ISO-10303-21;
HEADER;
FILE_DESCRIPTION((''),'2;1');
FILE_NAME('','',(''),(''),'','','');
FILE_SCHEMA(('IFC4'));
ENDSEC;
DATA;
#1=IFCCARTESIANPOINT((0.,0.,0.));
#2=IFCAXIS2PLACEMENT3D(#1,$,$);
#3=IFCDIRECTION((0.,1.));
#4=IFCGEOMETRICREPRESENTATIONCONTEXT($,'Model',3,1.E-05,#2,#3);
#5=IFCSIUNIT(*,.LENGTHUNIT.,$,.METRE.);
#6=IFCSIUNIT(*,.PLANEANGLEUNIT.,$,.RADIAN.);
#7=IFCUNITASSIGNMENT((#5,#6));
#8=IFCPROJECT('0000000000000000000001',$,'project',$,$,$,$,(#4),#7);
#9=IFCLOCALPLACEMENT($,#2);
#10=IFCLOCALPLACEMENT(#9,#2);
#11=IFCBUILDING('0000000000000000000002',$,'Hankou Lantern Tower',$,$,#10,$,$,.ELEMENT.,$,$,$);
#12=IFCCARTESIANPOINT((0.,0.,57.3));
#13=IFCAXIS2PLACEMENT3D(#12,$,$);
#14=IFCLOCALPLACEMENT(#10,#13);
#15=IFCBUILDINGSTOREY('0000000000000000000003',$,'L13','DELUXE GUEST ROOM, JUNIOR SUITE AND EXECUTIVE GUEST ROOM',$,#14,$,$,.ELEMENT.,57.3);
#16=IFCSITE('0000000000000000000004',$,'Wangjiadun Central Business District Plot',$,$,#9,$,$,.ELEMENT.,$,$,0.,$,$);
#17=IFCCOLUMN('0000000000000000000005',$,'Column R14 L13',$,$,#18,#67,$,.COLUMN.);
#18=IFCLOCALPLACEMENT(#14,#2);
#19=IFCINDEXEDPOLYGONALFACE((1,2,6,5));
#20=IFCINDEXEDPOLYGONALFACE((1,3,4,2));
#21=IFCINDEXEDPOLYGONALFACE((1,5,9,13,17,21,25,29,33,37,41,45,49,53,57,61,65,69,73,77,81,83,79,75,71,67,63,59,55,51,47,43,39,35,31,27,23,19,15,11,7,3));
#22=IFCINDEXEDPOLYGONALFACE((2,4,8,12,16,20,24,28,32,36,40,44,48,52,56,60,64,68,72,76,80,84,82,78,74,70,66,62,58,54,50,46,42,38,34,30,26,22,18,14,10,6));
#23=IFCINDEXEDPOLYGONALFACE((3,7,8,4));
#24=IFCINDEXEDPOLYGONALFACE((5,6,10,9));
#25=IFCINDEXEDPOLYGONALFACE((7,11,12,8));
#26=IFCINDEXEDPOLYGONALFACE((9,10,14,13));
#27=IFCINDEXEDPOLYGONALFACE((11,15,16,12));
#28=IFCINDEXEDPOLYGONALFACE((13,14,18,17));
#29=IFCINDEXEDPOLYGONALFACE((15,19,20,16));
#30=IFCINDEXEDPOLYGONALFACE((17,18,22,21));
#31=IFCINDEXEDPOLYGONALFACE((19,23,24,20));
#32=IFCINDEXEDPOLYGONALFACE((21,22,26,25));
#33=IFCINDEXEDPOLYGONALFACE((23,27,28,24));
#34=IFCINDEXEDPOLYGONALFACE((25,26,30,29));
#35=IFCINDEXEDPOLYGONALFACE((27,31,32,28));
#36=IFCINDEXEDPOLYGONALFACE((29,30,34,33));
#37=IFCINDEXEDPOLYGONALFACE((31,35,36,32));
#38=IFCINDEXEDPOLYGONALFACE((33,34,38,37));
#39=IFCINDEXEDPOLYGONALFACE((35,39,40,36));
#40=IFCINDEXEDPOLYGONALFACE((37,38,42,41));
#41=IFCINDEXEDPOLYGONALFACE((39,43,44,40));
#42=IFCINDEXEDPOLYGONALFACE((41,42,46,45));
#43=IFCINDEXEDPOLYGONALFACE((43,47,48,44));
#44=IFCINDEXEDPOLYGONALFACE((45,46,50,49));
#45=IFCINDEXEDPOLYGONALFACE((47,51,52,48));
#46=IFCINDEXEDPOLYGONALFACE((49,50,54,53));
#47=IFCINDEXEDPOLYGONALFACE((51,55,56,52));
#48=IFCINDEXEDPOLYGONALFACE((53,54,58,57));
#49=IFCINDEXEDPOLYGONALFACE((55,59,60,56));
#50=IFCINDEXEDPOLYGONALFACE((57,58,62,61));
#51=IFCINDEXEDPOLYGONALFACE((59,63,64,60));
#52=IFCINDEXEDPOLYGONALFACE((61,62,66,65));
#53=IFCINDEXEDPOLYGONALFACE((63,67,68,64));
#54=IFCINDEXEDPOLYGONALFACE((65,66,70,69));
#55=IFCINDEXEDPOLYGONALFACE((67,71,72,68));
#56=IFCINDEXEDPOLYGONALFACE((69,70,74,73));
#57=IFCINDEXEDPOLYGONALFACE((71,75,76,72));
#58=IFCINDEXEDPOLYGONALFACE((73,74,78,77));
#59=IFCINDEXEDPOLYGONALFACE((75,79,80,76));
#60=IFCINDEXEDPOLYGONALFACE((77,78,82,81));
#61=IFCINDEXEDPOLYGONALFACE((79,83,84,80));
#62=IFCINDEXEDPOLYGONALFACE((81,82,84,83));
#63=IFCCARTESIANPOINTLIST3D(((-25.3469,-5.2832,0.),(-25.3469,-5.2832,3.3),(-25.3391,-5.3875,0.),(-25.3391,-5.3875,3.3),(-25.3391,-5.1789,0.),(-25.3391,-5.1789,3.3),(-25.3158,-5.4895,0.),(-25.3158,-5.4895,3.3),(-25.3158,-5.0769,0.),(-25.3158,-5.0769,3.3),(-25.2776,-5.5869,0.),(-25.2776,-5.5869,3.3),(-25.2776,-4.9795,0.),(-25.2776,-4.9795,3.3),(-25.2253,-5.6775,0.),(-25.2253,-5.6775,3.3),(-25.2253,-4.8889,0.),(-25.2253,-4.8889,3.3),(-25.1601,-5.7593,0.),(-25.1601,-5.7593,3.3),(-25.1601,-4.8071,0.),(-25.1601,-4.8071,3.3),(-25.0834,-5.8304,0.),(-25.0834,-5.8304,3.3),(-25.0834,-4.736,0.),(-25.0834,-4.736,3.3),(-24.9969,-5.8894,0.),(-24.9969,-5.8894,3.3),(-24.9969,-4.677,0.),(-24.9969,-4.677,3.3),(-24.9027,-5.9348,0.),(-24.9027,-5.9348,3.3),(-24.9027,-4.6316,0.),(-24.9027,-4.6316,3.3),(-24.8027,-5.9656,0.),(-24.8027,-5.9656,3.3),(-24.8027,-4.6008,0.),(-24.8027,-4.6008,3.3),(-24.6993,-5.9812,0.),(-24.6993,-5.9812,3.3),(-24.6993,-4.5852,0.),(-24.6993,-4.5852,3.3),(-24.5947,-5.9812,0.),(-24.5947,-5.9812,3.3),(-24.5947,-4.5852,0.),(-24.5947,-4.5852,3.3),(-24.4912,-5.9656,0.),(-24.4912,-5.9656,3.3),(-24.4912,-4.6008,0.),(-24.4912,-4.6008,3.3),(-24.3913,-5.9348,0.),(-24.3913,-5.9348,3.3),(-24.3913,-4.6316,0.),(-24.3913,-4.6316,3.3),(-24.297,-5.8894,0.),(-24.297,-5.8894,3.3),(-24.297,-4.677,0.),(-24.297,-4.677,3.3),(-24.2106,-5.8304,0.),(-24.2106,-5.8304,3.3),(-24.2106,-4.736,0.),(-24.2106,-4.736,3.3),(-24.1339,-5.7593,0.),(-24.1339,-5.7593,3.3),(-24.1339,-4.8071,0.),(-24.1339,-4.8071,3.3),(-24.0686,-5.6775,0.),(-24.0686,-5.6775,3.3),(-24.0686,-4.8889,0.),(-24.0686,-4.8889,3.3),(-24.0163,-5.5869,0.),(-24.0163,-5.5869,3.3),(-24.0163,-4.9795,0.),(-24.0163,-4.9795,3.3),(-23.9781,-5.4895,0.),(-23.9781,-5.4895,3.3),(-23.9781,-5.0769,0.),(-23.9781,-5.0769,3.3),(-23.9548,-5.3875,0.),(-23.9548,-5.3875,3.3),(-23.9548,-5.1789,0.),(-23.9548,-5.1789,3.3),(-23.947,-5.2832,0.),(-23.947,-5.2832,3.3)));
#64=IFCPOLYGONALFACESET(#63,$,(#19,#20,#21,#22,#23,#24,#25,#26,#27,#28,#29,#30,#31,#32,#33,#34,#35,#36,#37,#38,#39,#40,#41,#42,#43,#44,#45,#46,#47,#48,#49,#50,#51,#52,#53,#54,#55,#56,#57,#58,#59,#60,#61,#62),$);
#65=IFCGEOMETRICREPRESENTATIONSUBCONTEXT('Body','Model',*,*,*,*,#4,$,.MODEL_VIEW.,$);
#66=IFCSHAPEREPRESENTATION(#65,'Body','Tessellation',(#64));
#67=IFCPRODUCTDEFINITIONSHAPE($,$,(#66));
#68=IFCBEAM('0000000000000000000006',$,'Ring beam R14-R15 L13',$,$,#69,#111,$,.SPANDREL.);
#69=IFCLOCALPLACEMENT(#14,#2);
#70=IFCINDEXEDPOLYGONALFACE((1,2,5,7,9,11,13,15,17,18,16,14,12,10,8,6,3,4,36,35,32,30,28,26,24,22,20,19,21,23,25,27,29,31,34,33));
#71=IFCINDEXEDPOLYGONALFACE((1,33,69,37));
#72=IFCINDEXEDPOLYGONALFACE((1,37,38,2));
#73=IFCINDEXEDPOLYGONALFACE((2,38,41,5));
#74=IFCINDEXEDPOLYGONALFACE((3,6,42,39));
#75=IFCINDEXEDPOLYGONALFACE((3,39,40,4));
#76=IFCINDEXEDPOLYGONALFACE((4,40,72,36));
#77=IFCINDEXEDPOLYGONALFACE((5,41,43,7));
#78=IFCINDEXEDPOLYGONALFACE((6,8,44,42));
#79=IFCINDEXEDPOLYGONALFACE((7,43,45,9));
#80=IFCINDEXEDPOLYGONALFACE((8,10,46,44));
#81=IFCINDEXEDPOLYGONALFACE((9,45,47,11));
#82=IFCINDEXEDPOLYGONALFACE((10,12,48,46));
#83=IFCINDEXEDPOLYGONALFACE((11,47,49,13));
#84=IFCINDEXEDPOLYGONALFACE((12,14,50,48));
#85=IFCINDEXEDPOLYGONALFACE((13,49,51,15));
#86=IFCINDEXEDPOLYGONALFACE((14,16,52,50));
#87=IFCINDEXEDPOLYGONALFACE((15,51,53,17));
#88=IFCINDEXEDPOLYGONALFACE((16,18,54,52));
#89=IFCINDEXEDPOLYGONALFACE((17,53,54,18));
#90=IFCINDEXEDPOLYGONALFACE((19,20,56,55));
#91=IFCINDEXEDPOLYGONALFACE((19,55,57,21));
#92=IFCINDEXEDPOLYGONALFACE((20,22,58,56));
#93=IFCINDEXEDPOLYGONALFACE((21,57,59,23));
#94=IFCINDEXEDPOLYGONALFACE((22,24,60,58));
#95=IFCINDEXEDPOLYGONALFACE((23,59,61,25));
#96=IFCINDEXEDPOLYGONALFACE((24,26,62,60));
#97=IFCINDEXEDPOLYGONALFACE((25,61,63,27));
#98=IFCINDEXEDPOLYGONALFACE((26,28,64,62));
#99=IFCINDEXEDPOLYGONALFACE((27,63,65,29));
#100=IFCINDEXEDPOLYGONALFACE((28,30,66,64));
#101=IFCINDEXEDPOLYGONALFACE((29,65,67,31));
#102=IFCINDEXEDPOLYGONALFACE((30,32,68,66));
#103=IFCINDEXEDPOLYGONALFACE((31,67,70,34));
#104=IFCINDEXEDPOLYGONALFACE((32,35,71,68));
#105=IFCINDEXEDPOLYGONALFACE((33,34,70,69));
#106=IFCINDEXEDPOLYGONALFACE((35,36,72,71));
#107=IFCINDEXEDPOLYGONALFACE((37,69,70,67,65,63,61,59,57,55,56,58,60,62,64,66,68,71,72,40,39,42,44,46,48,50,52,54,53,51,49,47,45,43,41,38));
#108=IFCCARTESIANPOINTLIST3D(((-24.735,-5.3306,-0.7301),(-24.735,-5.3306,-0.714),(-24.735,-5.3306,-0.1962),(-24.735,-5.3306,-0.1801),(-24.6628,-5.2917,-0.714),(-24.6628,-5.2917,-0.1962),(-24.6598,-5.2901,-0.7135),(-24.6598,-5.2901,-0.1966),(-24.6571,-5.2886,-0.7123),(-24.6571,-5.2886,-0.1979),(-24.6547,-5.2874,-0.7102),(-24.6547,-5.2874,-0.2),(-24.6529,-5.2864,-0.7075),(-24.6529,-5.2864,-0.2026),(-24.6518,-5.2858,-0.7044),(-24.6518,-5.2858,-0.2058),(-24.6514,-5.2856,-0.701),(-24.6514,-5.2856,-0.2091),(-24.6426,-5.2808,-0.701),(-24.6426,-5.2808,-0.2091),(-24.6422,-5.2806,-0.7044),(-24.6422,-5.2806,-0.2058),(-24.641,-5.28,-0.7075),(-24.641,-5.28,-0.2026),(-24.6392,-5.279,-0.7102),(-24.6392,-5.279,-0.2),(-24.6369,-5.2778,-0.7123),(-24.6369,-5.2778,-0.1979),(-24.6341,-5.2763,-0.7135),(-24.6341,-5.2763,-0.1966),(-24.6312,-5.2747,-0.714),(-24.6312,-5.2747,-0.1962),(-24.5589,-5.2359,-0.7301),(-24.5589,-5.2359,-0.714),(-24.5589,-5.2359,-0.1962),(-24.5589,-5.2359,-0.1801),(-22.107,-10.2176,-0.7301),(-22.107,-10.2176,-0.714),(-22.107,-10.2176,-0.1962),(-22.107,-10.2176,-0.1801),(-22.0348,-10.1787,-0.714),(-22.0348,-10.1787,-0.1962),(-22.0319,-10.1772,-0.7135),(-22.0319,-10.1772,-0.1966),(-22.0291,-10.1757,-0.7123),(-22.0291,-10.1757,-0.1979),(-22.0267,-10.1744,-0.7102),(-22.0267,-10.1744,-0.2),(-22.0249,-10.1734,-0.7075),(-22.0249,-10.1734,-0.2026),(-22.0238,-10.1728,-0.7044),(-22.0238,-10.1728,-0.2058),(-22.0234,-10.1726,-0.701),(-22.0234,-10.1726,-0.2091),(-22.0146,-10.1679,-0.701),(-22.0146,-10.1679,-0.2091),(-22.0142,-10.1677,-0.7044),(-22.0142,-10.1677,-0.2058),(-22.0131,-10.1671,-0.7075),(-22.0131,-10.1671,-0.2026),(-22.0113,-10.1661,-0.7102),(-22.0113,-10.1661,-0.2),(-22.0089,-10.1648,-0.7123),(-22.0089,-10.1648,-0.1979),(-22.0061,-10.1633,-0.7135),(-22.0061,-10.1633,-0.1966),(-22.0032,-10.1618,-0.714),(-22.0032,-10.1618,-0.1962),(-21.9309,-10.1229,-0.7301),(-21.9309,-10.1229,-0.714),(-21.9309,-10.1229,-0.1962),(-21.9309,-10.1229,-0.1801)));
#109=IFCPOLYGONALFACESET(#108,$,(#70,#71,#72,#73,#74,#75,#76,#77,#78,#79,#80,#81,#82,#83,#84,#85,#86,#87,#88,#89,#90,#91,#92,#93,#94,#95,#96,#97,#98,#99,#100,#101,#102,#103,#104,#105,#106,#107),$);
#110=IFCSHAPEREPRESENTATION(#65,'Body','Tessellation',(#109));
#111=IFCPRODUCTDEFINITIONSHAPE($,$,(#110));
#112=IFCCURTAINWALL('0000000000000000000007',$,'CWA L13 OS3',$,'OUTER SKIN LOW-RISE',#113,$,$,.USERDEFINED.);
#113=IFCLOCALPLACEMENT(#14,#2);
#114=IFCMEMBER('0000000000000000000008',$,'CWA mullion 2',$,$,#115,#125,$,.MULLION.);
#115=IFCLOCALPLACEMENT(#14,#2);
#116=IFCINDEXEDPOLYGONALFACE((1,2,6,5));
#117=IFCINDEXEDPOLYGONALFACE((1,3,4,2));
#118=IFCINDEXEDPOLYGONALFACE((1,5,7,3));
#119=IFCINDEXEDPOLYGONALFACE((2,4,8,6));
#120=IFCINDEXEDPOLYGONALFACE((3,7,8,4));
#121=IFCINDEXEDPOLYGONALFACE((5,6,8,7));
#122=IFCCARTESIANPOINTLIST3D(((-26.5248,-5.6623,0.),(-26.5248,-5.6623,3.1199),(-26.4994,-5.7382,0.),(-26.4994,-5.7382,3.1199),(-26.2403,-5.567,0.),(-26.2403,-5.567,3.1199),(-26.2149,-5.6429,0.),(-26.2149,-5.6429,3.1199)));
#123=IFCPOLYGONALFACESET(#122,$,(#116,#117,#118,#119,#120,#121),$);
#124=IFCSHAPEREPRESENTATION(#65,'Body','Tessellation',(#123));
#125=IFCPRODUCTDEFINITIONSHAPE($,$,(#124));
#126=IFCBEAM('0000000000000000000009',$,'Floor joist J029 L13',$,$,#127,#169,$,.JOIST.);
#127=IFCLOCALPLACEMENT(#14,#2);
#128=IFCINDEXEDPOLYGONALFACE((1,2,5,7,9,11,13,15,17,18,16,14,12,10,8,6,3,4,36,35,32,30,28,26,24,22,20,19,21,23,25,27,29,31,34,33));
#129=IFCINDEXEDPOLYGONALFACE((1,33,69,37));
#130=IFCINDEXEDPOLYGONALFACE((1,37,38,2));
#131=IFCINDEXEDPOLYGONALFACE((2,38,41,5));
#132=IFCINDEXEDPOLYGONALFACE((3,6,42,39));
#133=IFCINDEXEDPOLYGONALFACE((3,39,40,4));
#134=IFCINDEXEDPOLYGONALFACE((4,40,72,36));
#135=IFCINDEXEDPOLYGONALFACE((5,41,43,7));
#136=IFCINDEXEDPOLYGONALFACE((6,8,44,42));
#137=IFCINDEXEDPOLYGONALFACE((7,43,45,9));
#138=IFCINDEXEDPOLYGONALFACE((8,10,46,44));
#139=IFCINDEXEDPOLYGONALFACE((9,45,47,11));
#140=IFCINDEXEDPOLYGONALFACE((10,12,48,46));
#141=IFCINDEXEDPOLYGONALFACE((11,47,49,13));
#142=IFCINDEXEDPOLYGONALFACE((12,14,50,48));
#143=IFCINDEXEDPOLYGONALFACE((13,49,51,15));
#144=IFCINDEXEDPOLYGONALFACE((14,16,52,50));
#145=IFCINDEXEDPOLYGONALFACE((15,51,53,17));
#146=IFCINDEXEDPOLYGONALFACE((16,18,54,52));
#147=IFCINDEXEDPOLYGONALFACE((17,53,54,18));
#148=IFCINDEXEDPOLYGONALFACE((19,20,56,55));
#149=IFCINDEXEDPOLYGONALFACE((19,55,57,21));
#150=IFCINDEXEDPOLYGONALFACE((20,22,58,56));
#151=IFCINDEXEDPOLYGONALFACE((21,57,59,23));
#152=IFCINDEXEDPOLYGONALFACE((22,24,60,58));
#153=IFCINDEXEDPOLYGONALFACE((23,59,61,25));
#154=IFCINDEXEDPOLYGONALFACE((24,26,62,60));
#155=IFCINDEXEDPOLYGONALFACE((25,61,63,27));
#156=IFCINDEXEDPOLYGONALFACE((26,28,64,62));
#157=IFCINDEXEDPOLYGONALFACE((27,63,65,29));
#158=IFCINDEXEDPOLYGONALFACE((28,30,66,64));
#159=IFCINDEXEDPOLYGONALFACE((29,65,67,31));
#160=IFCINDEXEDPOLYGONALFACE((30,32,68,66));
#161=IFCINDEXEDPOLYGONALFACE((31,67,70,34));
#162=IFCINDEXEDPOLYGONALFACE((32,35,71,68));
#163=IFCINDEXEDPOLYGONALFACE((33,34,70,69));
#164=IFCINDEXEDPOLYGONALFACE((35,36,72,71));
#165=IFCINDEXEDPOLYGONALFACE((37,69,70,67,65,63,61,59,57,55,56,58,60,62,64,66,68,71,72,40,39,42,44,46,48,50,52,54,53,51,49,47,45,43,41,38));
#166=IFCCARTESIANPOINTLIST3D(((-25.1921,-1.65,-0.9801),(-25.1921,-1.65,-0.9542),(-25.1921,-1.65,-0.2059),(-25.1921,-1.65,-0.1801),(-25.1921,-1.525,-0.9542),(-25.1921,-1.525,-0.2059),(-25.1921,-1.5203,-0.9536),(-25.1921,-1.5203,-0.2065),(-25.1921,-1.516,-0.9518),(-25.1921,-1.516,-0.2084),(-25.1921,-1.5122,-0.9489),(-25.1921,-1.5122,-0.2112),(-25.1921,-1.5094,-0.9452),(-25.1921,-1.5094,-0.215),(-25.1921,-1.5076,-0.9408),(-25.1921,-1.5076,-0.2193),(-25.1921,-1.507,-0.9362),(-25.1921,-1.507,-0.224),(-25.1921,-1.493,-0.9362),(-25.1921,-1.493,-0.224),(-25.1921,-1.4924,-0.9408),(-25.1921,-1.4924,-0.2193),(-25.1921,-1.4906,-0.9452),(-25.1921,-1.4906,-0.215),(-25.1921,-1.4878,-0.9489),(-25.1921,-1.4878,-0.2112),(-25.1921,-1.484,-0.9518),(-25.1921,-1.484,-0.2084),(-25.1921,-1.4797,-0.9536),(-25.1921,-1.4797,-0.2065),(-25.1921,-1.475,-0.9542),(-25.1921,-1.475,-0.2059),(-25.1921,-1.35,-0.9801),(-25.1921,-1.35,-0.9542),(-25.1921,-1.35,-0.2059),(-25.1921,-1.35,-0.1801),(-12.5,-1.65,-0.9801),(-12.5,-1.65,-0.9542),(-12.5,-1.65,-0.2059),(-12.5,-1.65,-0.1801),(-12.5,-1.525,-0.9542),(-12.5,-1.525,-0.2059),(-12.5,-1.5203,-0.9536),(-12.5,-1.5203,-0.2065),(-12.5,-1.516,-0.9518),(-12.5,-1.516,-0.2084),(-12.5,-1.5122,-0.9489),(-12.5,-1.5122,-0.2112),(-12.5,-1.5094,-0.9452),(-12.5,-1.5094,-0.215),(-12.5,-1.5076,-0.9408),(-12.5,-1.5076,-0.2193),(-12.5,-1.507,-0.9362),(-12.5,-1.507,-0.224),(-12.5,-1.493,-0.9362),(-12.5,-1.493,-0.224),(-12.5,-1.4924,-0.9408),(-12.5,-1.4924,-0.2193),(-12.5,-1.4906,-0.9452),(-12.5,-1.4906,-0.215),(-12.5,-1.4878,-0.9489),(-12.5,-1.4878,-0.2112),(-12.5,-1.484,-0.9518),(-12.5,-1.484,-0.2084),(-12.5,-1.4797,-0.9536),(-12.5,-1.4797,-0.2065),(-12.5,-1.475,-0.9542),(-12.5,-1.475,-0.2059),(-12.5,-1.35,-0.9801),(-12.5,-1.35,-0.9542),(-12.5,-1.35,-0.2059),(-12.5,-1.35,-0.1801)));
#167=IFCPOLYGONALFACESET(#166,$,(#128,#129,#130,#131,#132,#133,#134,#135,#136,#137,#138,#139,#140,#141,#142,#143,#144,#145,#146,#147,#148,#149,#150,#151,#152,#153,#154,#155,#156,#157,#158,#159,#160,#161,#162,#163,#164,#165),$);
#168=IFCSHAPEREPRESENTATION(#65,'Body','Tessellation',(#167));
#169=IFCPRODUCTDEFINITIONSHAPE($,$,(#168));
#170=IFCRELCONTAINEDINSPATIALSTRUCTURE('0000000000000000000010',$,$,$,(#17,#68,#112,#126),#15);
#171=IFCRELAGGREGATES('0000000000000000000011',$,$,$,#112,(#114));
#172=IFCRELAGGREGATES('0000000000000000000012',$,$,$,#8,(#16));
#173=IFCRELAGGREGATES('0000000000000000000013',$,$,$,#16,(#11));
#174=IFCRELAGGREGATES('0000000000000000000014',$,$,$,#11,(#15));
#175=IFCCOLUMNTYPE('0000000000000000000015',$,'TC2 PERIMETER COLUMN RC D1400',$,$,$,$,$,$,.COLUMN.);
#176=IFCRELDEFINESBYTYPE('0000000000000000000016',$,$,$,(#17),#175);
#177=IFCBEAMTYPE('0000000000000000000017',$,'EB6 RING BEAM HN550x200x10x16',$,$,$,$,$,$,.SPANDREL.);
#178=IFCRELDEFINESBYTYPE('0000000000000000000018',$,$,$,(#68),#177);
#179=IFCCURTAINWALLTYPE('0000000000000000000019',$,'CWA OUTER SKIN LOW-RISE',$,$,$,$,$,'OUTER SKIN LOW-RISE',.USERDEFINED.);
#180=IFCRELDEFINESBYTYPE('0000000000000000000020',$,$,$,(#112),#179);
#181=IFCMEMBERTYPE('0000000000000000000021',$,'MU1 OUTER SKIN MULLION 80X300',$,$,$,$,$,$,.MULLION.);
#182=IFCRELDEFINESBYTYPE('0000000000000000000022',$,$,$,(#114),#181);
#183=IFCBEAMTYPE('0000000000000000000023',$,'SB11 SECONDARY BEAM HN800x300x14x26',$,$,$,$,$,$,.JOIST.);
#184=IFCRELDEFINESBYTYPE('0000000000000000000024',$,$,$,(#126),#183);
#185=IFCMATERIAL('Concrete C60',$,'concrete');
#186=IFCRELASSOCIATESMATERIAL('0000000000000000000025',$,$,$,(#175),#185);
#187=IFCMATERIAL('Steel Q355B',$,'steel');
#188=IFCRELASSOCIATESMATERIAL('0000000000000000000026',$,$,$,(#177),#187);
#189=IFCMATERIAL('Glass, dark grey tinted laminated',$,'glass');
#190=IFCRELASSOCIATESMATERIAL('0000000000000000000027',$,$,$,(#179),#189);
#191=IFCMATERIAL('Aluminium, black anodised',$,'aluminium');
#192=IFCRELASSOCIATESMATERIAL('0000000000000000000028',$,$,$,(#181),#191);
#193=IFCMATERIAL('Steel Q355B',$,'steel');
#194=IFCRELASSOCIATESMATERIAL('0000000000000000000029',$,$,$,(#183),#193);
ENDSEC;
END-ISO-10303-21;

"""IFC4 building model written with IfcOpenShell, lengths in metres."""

from ifc_helpers import new_model, si_unit, direction, frame, origin, origin_2d, place, context, subcontext, project, spatial, rectangle, circle, i_section, extrude, material, material_profile, profile_set, type_object, element, aggregate, save


model = new_model("IFC4")

# Units and contexts
model_context = context("Model", 3, precision=1e-05, world=origin(), true_north=direction((0.0, 1.0)))
body_context = subcontext(model_context, "Body", "Model", "MODEL_VIEW")
ifc_project = project(units=[si_unit("LENGTHUNIT", "METRE"), si_unit("PLANEANGLEUNIT", "RADIAN")], contexts=[model_context])

# Site, building, storey
site_placement = place(None, origin())
site = spatial("IfcSite", under=ifc_project, at=site_placement, Name="Wangjiadun Central Business District Plot", CompositionType="ELEMENT", RefElevation=0.0)
building_placement = place(site_placement, origin())
building = spatial("IfcBuilding", under=site, at=building_placement, Name="Hankou Lantern Tower", CompositionType="ELEMENT")
storey_placement = place(building_placement, frame((0.0, 0.0, 57.3)))
storey = spatial("IfcBuildingStorey", under=building, at=storey_placement, Name="L13", Description="DELUXE GUEST ROOM, JUNIOR SUITE AND EXECUTIVE GUEST ROOM", CompositionType="ELEMENT", Elevation=57.3)

# Column
ifc_material_1 = material(Name="Concrete C60", Category="concrete")
ifc_material_profile_1 = material_profile(ifc_material_1, circle(Radius=0.7, at=origin_2d()), Name="RC D1400")
ifc_profile_set_1 = profile_set([ifc_material_profile_1], Name="Concrete C60")
column_type = type_object("IfcColumnType", Name="TC2 PERIMETER COLUMN RC D1400", PredefinedType="COLUMN", material=ifc_profile_set_1)
column_placement = place(storey_placement, frame((-24.647, -5.2832, 0.0), z_axis=(0.0, 0.0, 1.0), x_axis=(1.0, 0.0, 0.0)))
element("IfcColumn", 1, at=column_placement, inside=storey, type_object=column_type, Name="Column R14 L13", PredefinedType="COLUMN", context=body_context, shape_type="SweptSolid", body=[
    extrude(circle(Radius=0.7, at=origin_2d()), origin(), (0.0, 0.0, 1.0), 3.3),
])

# Beam
ifc_material_2 = material(Name="Steel Q355B", Category="steel")
ifc_material_profile_2 = material_profile(ifc_material_2, i_section(OverallWidth=0.2, OverallDepth=0.55, WebThickness=0.01, FlangeThickness=0.0161, FilletRadius=0.0129, at=origin_2d()), Name="HN550x200x10x16")
ifc_profile_set_2 = profile_set([ifc_material_profile_2], Name="Steel Q355B")
beam_type_1 = type_object("IfcBeamType", Name="EB6 RING BEAM HN550x200x10x16", PredefinedType="SPANDREL", material=ifc_profile_set_2)
beam_1_placement = place(storey_placement, frame((-24.647, -5.2832, -0.4551), z_axis=(0.473609, -0.880735, 0.0), x_axis=(0.880735, 0.473609, 0.0)))
element("IfcBeam", 2, at=beam_1_placement, inside=storey, type_object=beam_type_1, Name="Ring beam R14-R15 L13", PredefinedType="SPANDREL", context=body_context, shape_type="SweptSolid", body=[
    extrude(i_section(OverallWidth=0.2, OverallDepth=0.55, WebThickness=0.01, FlangeThickness=0.0161, FilletRadius=0.0129, at=origin_2d()), origin(), (0.0, 0.0, 1.0), 5.5488),
])

# Curtain wall, member
ifc_material_3 = material(Name="Glass, dark grey tinted laminated", Category="glass")
curtain_wall_type = type_object("IfcCurtainWallType", Name="CWA OUTER SKIN LOW-RISE", ElementType="OUTER SKIN LOW-RISE", PredefinedType="USERDEFINED", material=ifc_material_3)
curtain_wall_placement = place(storey_placement, origin())
curtain_wall = element("IfcCurtainWall", 3, at=curtain_wall_placement, inside=storey, type_object=curtain_wall_type, Name="CWA L13 OS3", ObjectType="OUTER SKIN LOW-RISE", PredefinedType="USERDEFINED")
ifc_material_4 = material(Name="Aluminium, black anodised", Category="aluminium")
ifc_material_profile_3 = material_profile(ifc_material_4, rectangle(XDim=0.0801, YDim=0.3, at=origin_2d()), Name="MU1 80X300")
ifc_profile_set_3 = profile_set([ifc_material_profile_3], Name="Aluminium, black anodised")
member_type_1 = type_object("IfcMemberType", Name="MU1 OUTER SKIN MULLION 80X300", PredefinedType="MULLION", material=ifc_profile_set_3)
member_1_placement = place(storey_placement, frame((-26.3699, -5.6526, 0.0), z_axis=(0.0, 0.0, 1.0), x_axis=(0.317596, -0.948226, 0.0)))
member_1 = element("IfcMember", 4, at=member_1_placement, type_object=member_type_1, Name="CWA mullion 2", PredefinedType="MULLION", context=body_context, shape_type="SweptSolid", body=[
    extrude(rectangle(XDim=0.0801, YDim=0.3, at=origin_2d()), origin(), (0.0, 0.0, 1.0), 3.1199),
])

# Beam
ifc_material_5 = material(Name="Steel Q355B", Category="steel")
ifc_material_profile_4 = material_profile(ifc_material_5, i_section(OverallWidth=0.3, OverallDepth=0.8, WebThickness=0.0139, FlangeThickness=0.0259, FilletRadius=0.0181, at=origin_2d()), Name="HN800x300x14x26")
ifc_profile_set_4 = profile_set([ifc_material_profile_4], Name="Steel Q355B")
beam_type_2 = type_object("IfcBeamType", Name="SB11 SECONDARY BEAM HN800x300x14x26", PredefinedType="JOIST", material=ifc_profile_set_4)
beam_2_placement = place(storey_placement, frame((-25.1921, -1.5, -0.5801), z_axis=(1.0, 0.0, 0.0), x_axis=(0.0, 1.0, 0.0)))
element("IfcBeam", 5, at=beam_2_placement, inside=storey, type_object=beam_type_2, Name="Floor joist J029 L13", PredefinedType="JOIST", context=body_context, shape_type="SweptSolid", body=[
    extrude(i_section(OverallWidth=0.3, OverallDepth=0.8, WebThickness=0.0139, FlangeThickness=0.0259, FilletRadius=0.0181, at=origin_2d()), origin(), (0.0, 0.0, 1.0), 12.6921),
])

aggregate(curtain_wall, [member_1])

save(model, "model.ifc")
